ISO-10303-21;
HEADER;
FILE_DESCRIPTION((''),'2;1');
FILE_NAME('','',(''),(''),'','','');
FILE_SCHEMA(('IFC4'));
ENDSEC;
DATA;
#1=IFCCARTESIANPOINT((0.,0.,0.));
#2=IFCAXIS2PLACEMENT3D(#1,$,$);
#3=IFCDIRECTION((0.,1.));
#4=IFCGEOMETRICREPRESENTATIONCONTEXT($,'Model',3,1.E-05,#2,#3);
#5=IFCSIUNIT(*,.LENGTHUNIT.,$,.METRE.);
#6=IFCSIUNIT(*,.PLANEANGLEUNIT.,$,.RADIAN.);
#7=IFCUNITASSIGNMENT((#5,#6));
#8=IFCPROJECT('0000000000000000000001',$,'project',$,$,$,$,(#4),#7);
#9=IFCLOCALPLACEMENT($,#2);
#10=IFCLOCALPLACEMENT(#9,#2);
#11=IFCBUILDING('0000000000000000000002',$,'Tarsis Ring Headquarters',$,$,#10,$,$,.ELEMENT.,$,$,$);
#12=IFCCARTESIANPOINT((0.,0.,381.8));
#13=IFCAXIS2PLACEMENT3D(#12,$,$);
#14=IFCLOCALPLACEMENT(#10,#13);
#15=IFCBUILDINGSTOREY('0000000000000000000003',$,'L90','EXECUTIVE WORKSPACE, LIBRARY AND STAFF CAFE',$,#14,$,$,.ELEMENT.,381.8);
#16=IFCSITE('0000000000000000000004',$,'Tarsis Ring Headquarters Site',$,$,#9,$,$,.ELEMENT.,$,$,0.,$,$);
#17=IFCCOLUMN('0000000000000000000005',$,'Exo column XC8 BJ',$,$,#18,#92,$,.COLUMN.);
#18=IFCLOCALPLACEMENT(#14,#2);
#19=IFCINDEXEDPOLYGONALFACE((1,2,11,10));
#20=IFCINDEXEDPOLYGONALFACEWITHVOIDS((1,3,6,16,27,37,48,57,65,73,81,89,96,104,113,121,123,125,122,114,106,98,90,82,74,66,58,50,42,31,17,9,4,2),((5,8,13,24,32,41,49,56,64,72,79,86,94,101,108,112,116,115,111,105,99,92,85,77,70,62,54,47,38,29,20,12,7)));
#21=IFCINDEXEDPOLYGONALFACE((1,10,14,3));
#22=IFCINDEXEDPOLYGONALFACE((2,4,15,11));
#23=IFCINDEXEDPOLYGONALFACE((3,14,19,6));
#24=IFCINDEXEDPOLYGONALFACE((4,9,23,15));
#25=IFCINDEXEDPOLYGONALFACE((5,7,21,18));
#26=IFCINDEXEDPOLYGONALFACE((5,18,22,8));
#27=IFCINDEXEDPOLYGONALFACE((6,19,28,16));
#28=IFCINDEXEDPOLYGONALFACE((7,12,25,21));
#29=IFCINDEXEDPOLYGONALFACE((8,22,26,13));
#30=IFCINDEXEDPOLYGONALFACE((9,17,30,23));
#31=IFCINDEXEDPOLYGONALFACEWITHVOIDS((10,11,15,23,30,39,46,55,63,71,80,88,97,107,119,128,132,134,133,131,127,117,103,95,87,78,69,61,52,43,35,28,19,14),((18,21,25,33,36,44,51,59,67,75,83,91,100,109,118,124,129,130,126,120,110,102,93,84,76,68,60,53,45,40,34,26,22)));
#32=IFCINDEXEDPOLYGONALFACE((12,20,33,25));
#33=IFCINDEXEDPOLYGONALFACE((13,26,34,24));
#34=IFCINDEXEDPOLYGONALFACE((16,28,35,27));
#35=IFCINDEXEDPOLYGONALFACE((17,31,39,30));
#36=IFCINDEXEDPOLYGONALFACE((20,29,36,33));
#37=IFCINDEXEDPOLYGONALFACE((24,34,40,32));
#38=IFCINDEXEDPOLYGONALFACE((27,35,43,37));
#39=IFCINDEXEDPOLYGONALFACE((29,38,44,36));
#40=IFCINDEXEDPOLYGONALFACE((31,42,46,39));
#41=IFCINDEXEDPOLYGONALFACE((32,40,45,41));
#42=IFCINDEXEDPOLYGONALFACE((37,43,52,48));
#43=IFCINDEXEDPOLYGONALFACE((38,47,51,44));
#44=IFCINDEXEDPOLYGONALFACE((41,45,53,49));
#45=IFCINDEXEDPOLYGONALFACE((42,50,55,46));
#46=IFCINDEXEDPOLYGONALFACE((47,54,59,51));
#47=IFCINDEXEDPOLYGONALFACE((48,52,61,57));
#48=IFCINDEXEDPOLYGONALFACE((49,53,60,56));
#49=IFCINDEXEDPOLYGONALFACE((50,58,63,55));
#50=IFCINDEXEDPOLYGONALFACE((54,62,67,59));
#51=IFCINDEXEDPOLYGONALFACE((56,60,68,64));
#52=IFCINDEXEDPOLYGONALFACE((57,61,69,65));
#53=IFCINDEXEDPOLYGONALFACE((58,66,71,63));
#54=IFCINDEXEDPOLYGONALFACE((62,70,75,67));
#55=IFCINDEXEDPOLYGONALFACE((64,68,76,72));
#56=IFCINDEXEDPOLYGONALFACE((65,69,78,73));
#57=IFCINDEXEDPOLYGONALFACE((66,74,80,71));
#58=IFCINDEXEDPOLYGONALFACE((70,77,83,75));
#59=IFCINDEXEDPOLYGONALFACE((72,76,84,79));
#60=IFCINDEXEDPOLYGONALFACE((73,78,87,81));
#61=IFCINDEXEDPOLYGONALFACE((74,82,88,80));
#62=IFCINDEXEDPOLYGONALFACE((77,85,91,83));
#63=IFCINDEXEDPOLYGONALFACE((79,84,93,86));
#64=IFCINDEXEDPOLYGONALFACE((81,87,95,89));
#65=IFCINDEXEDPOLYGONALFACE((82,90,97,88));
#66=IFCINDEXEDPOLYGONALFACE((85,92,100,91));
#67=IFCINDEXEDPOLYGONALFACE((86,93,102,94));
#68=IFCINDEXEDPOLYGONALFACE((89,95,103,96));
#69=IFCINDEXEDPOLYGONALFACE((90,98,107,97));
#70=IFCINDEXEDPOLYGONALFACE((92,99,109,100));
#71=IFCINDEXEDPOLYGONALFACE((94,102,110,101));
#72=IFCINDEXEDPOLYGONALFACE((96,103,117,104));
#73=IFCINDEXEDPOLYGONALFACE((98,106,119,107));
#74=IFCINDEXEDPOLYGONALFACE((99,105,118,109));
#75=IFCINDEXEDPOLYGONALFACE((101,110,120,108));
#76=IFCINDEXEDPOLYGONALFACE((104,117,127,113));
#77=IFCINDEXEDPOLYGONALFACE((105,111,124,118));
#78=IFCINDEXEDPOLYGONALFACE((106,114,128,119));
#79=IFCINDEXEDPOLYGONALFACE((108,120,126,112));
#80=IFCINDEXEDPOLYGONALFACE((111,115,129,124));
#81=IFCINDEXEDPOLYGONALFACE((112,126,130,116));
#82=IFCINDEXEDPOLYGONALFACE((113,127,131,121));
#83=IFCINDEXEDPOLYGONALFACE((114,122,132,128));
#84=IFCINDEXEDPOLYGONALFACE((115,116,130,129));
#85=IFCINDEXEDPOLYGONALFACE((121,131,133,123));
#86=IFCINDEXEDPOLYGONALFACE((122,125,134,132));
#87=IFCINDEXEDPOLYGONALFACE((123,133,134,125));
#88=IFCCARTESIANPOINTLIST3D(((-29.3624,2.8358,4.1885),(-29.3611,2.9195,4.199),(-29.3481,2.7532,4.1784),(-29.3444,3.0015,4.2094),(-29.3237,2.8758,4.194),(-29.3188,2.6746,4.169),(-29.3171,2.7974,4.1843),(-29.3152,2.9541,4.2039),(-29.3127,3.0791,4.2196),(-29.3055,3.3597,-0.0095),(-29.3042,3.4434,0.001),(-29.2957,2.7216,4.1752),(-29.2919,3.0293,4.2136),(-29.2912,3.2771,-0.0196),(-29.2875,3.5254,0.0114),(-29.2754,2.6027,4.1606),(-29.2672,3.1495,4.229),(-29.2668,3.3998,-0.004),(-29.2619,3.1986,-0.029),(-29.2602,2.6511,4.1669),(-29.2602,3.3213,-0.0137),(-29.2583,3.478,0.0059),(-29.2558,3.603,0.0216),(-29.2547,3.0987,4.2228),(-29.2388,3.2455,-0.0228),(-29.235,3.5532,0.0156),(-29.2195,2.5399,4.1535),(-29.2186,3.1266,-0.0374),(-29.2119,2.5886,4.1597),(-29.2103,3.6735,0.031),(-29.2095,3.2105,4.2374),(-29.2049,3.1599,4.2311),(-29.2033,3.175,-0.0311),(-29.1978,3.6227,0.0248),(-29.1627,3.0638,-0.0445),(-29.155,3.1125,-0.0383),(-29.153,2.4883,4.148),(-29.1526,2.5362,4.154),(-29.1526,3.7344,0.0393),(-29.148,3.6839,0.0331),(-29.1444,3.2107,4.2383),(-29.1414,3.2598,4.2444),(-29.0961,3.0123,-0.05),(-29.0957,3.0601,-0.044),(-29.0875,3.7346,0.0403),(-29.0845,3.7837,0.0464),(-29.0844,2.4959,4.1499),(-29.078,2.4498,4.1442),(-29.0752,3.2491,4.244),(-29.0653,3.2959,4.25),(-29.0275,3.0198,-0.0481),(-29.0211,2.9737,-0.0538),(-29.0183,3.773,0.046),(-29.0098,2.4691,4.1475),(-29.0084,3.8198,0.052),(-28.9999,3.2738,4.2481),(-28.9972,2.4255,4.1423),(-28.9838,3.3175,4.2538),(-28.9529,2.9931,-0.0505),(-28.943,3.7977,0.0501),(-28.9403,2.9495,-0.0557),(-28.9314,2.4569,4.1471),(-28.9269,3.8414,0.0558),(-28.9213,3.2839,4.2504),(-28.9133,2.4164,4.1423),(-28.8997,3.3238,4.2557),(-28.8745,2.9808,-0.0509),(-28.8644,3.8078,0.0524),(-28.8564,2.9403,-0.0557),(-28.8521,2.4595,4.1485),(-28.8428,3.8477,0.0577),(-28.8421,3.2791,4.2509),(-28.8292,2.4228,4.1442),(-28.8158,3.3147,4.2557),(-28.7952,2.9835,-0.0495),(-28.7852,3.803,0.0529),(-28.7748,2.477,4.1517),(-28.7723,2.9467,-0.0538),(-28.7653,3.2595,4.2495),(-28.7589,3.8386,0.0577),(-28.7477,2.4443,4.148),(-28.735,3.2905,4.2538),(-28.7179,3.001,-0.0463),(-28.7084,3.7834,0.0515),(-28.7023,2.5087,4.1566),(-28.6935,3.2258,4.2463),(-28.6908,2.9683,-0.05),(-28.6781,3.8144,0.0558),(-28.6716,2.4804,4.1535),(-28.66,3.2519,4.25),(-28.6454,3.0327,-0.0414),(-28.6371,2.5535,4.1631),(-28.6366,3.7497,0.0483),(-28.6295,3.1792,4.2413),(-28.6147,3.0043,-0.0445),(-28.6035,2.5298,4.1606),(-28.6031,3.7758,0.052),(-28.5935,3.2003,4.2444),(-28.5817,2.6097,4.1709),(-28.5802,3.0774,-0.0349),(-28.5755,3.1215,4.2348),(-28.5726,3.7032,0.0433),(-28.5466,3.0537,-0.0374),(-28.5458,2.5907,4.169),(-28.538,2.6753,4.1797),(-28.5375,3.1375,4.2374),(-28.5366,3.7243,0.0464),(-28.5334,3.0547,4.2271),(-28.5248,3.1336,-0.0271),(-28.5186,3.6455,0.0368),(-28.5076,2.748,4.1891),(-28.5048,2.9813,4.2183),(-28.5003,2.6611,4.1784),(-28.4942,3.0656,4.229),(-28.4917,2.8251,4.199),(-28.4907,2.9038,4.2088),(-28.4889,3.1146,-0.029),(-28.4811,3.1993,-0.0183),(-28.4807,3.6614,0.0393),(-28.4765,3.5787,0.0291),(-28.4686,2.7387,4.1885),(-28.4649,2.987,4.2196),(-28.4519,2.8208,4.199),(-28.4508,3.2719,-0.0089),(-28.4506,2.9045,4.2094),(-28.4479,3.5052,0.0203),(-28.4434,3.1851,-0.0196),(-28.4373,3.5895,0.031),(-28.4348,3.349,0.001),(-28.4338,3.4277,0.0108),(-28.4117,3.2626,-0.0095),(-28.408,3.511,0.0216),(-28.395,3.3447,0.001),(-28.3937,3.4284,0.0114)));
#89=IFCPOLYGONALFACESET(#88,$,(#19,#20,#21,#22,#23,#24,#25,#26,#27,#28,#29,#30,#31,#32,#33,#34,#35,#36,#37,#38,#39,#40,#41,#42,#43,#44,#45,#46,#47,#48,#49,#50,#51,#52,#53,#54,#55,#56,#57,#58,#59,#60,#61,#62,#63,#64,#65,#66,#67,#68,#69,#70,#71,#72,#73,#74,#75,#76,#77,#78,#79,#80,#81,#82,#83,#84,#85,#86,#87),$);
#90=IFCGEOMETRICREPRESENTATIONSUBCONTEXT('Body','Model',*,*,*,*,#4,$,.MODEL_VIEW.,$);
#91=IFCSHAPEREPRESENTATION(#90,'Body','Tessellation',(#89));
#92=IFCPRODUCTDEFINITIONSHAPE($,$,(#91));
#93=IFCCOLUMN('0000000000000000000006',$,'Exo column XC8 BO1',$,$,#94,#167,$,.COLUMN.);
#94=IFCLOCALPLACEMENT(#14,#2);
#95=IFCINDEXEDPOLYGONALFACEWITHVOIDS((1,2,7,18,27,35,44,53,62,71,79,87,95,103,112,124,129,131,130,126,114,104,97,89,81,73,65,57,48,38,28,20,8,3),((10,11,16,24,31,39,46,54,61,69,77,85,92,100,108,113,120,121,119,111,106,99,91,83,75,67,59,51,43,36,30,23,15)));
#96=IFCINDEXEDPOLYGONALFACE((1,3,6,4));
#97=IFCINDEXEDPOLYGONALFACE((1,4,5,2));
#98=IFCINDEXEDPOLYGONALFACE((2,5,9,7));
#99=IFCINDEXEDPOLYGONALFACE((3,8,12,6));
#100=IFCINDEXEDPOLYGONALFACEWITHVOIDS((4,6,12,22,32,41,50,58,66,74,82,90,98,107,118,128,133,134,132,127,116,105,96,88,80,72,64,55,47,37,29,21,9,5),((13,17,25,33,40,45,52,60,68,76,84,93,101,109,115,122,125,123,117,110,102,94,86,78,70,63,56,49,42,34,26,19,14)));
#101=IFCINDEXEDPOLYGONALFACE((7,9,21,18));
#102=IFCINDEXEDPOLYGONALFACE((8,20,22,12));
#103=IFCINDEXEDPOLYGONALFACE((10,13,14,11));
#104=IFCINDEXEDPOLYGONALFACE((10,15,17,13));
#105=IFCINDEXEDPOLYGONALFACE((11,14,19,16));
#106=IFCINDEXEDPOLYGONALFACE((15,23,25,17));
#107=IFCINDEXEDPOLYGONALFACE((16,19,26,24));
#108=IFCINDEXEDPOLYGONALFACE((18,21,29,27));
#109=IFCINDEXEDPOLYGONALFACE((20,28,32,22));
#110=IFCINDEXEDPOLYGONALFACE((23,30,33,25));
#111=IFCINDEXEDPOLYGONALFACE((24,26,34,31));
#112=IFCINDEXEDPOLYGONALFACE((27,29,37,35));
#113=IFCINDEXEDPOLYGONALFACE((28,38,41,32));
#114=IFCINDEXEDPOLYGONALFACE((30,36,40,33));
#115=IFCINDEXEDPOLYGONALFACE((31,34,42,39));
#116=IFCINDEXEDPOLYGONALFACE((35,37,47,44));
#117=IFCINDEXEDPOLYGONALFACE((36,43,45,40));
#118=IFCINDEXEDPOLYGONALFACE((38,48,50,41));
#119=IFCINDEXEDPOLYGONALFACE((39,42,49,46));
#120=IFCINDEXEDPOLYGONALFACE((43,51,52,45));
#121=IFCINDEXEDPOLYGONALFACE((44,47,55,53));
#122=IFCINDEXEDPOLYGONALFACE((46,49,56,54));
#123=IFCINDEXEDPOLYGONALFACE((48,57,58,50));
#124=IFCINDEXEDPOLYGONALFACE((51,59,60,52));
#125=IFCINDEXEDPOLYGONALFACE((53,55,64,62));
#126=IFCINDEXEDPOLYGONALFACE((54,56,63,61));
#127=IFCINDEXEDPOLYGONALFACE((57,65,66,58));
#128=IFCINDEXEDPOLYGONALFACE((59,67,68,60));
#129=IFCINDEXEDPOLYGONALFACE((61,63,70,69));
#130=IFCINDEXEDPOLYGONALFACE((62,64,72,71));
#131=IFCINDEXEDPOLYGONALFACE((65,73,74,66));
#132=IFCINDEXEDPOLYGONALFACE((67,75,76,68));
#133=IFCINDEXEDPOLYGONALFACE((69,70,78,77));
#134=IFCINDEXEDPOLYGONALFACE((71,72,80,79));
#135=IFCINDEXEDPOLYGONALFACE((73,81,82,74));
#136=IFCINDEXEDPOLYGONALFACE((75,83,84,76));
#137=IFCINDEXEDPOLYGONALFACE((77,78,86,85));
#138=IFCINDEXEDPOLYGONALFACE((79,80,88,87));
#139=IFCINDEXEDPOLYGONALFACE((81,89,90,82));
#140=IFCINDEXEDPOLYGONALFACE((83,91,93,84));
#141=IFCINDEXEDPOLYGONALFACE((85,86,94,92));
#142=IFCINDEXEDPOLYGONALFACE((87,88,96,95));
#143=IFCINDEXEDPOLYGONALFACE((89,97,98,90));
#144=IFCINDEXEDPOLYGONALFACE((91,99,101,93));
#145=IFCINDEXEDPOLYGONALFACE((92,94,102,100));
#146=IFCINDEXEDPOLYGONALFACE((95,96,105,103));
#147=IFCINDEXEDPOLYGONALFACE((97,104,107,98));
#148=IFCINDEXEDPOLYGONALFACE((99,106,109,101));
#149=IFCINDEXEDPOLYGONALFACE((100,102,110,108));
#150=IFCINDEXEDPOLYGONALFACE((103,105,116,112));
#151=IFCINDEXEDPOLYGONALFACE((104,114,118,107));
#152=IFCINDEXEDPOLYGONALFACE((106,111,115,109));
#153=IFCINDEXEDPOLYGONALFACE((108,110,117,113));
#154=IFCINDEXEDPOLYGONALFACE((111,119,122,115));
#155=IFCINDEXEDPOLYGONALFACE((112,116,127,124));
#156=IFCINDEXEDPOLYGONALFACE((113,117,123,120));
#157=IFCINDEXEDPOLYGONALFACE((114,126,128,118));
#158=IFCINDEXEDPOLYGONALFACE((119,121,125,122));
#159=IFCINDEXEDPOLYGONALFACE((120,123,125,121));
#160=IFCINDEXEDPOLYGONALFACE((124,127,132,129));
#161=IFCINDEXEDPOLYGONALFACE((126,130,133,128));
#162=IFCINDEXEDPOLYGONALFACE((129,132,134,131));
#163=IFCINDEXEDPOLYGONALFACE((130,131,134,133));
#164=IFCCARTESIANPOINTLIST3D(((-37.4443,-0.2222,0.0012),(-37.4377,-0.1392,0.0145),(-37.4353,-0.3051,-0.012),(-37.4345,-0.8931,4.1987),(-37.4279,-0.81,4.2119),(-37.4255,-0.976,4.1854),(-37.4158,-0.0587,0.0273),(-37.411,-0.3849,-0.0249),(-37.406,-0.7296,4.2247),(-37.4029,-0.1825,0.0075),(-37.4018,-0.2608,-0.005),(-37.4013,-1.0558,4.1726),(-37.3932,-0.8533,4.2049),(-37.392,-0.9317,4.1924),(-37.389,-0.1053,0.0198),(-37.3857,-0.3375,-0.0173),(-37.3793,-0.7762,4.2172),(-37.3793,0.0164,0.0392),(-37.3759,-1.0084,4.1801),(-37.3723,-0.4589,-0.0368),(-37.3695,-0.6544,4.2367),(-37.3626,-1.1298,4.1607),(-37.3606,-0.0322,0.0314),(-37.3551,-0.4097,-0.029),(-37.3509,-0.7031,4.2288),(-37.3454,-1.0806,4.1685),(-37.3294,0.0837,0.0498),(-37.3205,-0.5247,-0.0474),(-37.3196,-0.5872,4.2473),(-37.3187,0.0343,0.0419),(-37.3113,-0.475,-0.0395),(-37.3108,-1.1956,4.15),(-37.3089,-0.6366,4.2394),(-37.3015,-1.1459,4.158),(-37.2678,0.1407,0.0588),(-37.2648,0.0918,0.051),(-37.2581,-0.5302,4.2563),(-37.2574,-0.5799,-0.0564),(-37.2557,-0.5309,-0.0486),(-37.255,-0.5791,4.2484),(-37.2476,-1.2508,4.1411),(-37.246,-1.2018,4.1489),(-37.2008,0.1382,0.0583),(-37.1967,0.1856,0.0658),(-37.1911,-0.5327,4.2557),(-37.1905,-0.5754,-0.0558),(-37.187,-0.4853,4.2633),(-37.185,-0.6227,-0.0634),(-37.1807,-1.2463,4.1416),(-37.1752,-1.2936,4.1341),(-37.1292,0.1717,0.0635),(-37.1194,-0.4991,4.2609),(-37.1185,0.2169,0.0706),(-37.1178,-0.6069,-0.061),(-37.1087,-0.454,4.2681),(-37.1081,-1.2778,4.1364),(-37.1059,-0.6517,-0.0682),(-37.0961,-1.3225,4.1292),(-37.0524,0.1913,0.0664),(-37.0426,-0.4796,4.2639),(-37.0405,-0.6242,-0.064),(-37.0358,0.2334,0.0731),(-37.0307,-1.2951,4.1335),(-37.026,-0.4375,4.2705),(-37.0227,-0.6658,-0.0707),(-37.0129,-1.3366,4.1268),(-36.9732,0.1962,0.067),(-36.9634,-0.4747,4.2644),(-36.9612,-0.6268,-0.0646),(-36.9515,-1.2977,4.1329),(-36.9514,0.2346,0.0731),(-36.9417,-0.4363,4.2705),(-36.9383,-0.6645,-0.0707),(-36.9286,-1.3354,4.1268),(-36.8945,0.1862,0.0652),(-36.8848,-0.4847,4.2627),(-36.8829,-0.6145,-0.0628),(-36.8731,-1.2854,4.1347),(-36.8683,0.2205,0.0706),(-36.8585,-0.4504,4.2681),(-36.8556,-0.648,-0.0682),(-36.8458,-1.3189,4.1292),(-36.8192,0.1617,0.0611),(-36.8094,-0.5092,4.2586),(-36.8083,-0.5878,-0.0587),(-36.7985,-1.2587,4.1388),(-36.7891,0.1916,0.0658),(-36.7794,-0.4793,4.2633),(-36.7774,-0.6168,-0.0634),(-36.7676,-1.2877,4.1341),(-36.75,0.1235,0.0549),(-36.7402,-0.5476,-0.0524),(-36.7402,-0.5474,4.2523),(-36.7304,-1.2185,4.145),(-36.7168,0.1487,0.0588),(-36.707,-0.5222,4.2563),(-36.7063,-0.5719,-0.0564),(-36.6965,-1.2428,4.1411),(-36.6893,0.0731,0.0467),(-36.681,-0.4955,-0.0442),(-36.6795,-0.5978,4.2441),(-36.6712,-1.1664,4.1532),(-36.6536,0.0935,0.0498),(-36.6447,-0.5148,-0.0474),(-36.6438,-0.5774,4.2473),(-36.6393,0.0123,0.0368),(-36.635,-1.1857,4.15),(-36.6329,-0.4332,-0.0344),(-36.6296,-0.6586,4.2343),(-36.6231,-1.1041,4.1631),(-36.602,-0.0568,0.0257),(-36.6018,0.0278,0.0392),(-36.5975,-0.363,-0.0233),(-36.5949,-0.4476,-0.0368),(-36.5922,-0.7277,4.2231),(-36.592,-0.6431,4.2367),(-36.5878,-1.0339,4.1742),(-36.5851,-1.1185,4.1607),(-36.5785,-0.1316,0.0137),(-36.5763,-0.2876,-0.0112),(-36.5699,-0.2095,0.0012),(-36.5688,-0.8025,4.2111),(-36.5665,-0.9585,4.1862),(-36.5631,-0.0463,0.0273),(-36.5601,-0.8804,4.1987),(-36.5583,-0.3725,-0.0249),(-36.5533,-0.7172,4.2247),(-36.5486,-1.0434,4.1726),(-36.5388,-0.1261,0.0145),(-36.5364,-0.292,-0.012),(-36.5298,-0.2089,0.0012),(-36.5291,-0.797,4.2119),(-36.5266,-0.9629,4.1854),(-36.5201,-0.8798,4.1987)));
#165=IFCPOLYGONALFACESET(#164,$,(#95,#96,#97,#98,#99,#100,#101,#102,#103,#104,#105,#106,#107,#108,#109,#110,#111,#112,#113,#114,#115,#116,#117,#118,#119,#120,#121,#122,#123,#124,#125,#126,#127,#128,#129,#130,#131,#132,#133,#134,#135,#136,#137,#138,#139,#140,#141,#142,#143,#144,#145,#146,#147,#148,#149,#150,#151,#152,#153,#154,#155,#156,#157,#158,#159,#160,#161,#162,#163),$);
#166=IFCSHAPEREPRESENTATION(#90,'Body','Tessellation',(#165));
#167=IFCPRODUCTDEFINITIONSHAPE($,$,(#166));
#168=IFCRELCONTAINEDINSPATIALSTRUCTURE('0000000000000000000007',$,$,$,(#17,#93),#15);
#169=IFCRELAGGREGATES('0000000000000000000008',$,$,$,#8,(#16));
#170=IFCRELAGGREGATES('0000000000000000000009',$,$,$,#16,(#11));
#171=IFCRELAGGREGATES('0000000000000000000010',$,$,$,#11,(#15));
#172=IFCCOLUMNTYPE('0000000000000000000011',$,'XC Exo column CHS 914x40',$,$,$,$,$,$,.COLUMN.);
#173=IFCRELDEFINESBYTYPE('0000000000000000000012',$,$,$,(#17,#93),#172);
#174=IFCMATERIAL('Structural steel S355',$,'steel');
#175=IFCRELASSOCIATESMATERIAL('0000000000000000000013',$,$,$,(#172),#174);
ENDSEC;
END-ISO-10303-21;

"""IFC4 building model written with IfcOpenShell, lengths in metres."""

from ifc_helpers import new_model, si_unit, direction, frame, origin, origin_2d, place, context, subcontext, project, spatial, hollow_circle, extrude, material, material_profile, profile_set, type_object, element, save


model = new_model("IFC4")

# Units and contexts
model_context = context("Model", 3, precision=1e-05, world=origin(), true_north=direction((0.0, 1.0)))
body_context = subcontext(model_context, "Body", "Model", "MODEL_VIEW")
ifc_project = project(units=[si_unit("LENGTHUNIT", "METRE"), si_unit("PLANEANGLEUNIT", "RADIAN")], contexts=[model_context])

# Site, building, storey
site_placement = place(None, origin())
site = spatial("IfcSite", under=ifc_project, at=site_placement, Name="Tarsis Ring Headquarters Site", CompositionType="ELEMENT", RefElevation=0.0)
building_placement = place(site_placement, origin())
building = spatial("IfcBuilding", under=site, at=building_placement, Name="Tarsis Ring Headquarters", CompositionType="ELEMENT")
storey_placement = place(building_placement, frame((0.0, 0.0, 381.8)))
storey = spatial("IfcBuildingStorey", under=building, at=storey_placement, Name="L90", Description="EXECUTIVE WORKSPACE, LIBRARY AND STAFF CAFE", CompositionType="ELEMENT", Elevation=381.8)

# Columns
ifc_material_1 = material(Name="Structural steel S355", Category="steel")
ifc_material_profile_1 = material_profile(ifc_material_1, hollow_circle(Radius=0.457, WallThickness=0.04, at=origin_2d()), Name="CHS 914x40")
ifc_profile_set_1 = profile_set([ifc_material_profile_1], Name="Structural steel S355")
column_type = type_object("IfcColumnType", Name="XC Exo column CHS 914x40", PredefinedType="COLUMN", material=ifc_profile_set_1)
column_1_placement = place(storey_placement, frame((-28.8496, 3.394, 0.001), z_axis=(-0.013445, -0.123832, 0.992212), x_axis=(0.994157, -0.10794, 0.0)))
element("IfcColumn", 1, at=column_1_placement, inside=storey, type_object=column_type, Name="Exo column XC8 BJ", PredefinedType="COLUMN", context=body_context, shape_type="SweptSolid", body=[
    extrude(hollow_circle(Radius=0.4573, WallThickness=0.04, at=origin_2d()), origin(), (0.0, 0.0, 1.0), 4.231),
])
column_2_placement = place(storey_placement, frame((-36.9871, -0.2156, 0.0012), z_axis=(0.002297, -0.157829, 0.987464), x_axis=(0.999894, 0.014554, 0.0)))
element("IfcColumn", 2, at=column_2_placement, inside=storey, type_object=column_type, Name="Exo column XC8 BO1", PredefinedType="COLUMN", context=body_context, shape_type="SweptSolid", body=[
    extrude(hollow_circle(Radius=0.4573, WallThickness=0.04, at=origin_2d()), origin(), (0.0, 0.0, 1.0), 4.2507),
])

save(model, "model.ifc")
